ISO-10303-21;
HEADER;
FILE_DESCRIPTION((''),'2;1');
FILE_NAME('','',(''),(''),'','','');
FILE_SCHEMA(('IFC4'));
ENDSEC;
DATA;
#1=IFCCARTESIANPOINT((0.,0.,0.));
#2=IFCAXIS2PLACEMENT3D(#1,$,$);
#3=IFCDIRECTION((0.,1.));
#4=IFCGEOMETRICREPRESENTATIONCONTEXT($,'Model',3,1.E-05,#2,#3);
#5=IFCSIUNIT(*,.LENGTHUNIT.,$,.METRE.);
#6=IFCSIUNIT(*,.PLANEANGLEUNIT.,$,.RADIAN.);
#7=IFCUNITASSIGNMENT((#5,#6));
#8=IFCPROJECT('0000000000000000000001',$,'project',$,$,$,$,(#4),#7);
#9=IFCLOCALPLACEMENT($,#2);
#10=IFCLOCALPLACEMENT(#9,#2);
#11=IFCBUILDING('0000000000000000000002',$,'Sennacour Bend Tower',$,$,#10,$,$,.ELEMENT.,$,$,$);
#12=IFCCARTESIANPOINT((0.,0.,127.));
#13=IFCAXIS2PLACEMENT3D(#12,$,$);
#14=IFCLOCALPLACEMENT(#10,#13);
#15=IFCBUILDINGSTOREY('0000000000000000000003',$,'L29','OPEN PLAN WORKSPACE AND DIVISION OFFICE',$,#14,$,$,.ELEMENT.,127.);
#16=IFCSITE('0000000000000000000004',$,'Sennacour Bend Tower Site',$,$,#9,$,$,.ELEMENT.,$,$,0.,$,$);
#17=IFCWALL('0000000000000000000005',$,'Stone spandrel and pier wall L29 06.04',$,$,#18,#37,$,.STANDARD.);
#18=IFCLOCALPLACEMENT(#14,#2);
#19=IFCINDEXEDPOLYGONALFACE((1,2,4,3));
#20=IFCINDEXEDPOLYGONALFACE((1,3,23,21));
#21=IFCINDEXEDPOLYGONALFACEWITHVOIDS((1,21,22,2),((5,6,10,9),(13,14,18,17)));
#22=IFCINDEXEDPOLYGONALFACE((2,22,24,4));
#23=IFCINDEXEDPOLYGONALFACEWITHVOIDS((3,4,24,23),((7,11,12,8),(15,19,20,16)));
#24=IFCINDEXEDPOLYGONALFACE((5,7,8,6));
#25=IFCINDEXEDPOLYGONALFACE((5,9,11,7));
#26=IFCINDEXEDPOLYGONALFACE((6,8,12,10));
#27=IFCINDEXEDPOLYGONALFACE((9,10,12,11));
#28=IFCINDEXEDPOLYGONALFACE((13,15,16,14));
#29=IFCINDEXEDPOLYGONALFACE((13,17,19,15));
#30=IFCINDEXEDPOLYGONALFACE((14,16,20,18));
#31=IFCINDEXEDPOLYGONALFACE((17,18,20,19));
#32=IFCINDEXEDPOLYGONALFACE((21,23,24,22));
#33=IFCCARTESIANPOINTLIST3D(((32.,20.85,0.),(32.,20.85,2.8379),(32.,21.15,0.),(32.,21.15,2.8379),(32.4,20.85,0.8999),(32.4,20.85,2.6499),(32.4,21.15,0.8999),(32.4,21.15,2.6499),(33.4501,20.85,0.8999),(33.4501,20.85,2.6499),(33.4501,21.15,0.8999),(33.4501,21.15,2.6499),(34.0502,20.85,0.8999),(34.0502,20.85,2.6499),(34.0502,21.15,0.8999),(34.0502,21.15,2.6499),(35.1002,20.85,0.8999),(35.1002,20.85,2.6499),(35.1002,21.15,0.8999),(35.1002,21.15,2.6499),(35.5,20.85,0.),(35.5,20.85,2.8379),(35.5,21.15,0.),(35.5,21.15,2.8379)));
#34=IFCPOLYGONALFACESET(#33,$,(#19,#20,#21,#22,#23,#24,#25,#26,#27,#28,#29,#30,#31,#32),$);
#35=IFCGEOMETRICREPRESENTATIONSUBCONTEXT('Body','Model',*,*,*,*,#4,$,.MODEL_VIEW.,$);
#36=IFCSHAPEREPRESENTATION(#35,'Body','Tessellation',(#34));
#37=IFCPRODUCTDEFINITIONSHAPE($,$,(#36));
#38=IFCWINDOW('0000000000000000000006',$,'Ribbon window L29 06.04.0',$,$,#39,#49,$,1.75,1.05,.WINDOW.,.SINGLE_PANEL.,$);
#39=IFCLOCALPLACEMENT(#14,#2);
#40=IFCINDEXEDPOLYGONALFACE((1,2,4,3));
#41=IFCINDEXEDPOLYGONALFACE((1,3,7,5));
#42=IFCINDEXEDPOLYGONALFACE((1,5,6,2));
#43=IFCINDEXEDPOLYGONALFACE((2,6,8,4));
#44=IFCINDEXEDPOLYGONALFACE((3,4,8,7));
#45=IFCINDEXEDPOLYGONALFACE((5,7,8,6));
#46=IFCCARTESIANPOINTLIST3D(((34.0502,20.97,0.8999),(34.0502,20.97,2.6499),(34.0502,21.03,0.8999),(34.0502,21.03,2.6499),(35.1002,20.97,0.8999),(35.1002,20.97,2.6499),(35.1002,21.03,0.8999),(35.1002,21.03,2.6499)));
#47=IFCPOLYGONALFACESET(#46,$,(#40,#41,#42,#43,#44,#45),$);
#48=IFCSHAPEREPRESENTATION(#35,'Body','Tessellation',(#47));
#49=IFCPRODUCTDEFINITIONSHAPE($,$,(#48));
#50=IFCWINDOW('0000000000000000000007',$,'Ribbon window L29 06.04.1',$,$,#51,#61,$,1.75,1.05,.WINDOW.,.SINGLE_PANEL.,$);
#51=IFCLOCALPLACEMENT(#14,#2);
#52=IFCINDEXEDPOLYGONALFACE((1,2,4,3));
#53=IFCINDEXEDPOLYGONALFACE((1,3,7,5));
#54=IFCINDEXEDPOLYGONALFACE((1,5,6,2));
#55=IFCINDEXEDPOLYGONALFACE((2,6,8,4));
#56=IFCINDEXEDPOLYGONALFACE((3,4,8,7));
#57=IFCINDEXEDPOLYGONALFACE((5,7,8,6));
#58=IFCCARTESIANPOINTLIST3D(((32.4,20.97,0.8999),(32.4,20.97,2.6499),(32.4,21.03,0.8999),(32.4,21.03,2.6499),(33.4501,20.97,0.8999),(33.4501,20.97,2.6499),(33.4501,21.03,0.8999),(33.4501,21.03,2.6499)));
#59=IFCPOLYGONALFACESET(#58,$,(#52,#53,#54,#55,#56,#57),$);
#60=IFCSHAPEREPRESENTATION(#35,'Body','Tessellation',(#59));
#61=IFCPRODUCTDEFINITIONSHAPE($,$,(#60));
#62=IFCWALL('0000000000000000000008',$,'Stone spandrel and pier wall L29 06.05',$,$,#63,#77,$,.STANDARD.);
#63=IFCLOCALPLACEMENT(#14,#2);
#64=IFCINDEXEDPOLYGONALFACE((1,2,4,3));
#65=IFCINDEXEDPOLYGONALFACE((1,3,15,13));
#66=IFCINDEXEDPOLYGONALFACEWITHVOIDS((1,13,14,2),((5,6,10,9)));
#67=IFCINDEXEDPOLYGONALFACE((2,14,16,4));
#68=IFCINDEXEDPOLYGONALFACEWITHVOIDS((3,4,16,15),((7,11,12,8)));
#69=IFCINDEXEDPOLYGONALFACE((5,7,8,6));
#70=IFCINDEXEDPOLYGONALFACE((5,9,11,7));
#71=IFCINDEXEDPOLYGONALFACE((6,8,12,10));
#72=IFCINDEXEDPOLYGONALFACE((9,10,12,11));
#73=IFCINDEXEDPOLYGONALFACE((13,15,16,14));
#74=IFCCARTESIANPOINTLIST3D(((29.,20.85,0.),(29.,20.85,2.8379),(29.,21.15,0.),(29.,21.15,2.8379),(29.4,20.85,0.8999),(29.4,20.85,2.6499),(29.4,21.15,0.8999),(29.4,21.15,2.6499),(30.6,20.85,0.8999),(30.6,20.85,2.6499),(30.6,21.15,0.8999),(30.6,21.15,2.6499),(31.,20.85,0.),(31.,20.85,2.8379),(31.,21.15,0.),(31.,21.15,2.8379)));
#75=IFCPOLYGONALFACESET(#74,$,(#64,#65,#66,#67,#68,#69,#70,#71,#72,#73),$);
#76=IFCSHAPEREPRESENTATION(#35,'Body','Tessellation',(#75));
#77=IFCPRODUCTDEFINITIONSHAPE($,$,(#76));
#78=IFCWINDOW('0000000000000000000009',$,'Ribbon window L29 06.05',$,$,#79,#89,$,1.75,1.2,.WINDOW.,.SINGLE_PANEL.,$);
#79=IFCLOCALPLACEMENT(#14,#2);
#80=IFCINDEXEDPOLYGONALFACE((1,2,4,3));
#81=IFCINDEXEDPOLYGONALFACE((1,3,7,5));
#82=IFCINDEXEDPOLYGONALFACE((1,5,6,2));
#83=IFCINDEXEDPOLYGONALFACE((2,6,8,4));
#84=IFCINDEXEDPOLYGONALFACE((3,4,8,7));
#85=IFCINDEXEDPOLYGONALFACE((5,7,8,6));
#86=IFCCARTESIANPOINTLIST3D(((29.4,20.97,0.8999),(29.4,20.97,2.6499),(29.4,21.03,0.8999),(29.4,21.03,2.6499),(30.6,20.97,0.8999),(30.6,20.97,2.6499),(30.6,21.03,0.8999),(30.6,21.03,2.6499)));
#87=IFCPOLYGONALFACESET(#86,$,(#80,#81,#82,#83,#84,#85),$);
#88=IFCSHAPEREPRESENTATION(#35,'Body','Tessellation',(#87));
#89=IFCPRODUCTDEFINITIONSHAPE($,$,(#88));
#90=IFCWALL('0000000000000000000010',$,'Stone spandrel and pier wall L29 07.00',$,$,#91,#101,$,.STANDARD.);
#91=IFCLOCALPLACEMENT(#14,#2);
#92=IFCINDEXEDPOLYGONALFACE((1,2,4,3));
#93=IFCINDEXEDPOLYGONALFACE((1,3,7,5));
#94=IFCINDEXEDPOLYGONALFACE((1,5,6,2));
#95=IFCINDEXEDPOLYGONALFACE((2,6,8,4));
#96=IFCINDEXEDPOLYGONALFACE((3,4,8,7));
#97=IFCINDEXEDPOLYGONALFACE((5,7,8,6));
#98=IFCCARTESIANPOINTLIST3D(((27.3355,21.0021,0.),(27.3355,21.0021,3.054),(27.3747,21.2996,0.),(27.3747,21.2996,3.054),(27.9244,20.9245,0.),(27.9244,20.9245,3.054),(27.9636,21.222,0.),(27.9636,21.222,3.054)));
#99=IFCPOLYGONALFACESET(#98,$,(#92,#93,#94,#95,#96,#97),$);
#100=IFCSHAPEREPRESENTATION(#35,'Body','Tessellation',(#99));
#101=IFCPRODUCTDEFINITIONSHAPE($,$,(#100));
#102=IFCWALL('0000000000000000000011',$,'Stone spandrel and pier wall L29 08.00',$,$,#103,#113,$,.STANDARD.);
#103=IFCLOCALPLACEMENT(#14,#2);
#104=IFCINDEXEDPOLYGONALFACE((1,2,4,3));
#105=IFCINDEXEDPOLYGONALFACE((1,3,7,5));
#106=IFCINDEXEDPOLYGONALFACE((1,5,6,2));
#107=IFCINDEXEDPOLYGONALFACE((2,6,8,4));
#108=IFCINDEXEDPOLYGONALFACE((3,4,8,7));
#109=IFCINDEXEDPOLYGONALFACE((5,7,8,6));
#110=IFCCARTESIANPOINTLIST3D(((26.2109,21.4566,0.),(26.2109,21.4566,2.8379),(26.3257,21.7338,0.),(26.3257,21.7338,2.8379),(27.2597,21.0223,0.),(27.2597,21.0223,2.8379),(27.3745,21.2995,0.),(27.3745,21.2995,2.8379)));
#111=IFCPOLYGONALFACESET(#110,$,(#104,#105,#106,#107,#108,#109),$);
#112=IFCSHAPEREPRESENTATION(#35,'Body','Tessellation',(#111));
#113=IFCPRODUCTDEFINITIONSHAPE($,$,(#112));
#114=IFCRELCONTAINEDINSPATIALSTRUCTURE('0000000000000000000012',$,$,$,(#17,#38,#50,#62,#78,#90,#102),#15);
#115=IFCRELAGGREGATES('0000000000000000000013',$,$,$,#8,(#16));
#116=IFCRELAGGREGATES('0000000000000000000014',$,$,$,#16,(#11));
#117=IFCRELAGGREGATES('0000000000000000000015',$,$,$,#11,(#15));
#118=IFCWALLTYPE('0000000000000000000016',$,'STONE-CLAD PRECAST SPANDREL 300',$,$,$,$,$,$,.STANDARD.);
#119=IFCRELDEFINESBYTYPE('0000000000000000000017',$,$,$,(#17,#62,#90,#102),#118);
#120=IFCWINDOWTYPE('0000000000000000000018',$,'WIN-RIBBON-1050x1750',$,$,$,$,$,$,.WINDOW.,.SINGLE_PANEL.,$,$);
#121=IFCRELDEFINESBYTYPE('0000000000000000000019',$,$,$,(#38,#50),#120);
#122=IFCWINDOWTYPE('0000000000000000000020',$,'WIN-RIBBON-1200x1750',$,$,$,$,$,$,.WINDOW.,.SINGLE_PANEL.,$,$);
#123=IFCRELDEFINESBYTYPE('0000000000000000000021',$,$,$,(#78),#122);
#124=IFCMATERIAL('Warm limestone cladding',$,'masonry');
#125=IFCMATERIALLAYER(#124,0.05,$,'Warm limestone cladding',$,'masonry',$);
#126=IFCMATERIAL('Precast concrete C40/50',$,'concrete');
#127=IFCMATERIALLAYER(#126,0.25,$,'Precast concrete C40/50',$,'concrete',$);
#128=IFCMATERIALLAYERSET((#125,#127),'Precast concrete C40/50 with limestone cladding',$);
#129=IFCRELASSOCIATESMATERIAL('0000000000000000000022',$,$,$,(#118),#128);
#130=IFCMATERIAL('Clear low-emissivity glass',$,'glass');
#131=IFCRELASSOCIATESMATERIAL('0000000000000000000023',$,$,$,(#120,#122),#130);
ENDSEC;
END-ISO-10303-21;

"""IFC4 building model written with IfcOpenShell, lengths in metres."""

from ifc_helpers import new_model, si_unit, direction, frame, frame_2d, origin, place, context, subcontext, project, spatial, rectangle, extrude, material, layer, layer_set, type_object, element, fill, save


model = new_model("IFC4")

# Units and contexts
model_context = context("Model", 3, precision=1e-05, world=origin(), true_north=direction((0.0, 1.0)))
body_context = subcontext(model_context, "Body", "Model", "MODEL_VIEW")
ifc_project = project(units=[si_unit("LENGTHUNIT", "METRE"), si_unit("PLANEANGLEUNIT", "RADIAN")], contexts=[model_context])

# Site, building, storey
site_placement = place(None, origin())
site = spatial("IfcSite", under=ifc_project, at=site_placement, Name="Sennacour Bend Tower Site", CompositionType="ELEMENT", RefElevation=0.0)
building_placement = place(site_placement, origin())
building = spatial("IfcBuilding", under=site, at=building_placement, Name="Sennacour Bend Tower", CompositionType="ELEMENT")
storey_placement = place(building_placement, frame((0.0, 0.0, 127.0)))
storey = spatial("IfcBuildingStorey", under=building, at=storey_placement, Name="L29", Description="OPEN PLAN WORKSPACE AND DIVISION OFFICE", CompositionType="ELEMENT", Elevation=127.0)

# Wall, openings, windows
ifc_material_1 = material(Name="Warm limestone cladding", Category="masonry")
ifc_layer_1 = layer(ifc_material_1, 0.05, Name="Warm limestone cladding", Category="masonry")
ifc_material_2 = material(Name="Precast concrete C40/50", Category="concrete")
ifc_layer_2 = layer(ifc_material_2, 0.25, Name="Precast concrete C40/50", Category="concrete")
ifc_layer_set_1 = layer_set([ifc_layer_1, ifc_layer_2], Name="Precast concrete C40/50 with limestone cladding")
wall_type_1 = type_object("IfcWallType", Name="STONE-CLAD PRECAST SPANDREL 300", PredefinedType="STANDARD", material=ifc_layer_set_1)
ifc_material_3 = material(Name="Clear low-emissivity glass", Category="glass")
window_type_1 = type_object("IfcWindowType", Name="WIN-RIBBON-1050x1750", PartitioningType="SINGLE_PANEL", PredefinedType="WINDOW", material=ifc_material_3)
wall_1_placement = place(storey_placement, frame((35.5, 21.0, 0.0), z_axis=(0.0, 0.0, 1.0), x_axis=(-1.0, 0.0, 0.0)))
wall_1 = element("IfcWall", 1, at=wall_1_placement, inside=storey, type_object=wall_type_1, Name="Stone spandrel and pier wall L29 06.04", PredefinedType="STANDARD", context=body_context, shape_type="SweptSolid", body=[
    extrude(rectangle(XDim=3.5, YDim=0.3, at=frame_2d((1.75, 0.0))), origin(), (0.0, 0.0, 1.0), 2.8379),
])
opening_1_placement = place(wall_1_placement, frame((0.3999, 0.0, 0.8999)))
opening_1 = element("IfcOpeningElement", 2, at=opening_1_placement, cuts=wall_1, PredefinedType="OPENING", context=body_context, shape_type="SweptSolid", body=[
    extrude(rectangle(XDim=1.05, YDim=1.75, at=frame_2d((0.5249, 0.875))), frame((0.0, 0.1602, 0.0), z_axis=(0.0, -1.0, 0.0), x_axis=(1.0, 0.0, 0.0)), (0.0, 0.0, 1.0), 0.3201),
])
opening_2_placement = place(wall_1_placement, frame((2.05, 0.0, 0.8999)))
opening_2 = element("IfcOpeningElement", 3, at=opening_2_placement, cuts=wall_1, PredefinedType="OPENING", context=body_context, shape_type="SweptSolid", body=[
    extrude(rectangle(XDim=1.05, YDim=1.75, at=frame_2d((0.5249, 0.875))), frame((0.0, 0.1602, 0.0), z_axis=(0.0, -1.0, 0.0), x_axis=(1.0, 0.0, 0.0)), (0.0, 0.0, 1.0), 0.3201),
])
window_1_placement = place(opening_1_placement, origin())
window_1 = element("IfcWindow", 4, at=window_1_placement, inside=storey, type_object=window_type_1, Name="Ribbon window L29 06.04.0", OverallHeight=1.75, OverallWidth=1.05, PartitioningType="SINGLE_PANEL", PredefinedType="WINDOW", context=body_context, shape_type="SweptSolid", body=[
    extrude(rectangle(XDim=1.05, YDim=1.75, at=frame_2d((0.5249, 0.875))), frame((0.0, 0.03, 0.0), z_axis=(0.0, -1.0, 0.0), x_axis=(1.0, 0.0, 0.0)), (0.0, 0.0, 1.0), 0.0601),
])
fill(opening_1, window_1)
window_2_placement = place(opening_2_placement, origin())
window_2 = element("IfcWindow", 5, at=window_2_placement, inside=storey, type_object=window_type_1, Name="Ribbon window L29 06.04.1", OverallHeight=1.75, OverallWidth=1.05, PartitioningType="SINGLE_PANEL", PredefinedType="WINDOW", context=body_context, shape_type="SweptSolid", body=[
    extrude(rectangle(XDim=1.05, YDim=1.75, at=frame_2d((0.5249, 0.875))), frame((0.0, 0.03, 0.0), z_axis=(0.0, -1.0, 0.0), x_axis=(1.0, 0.0, 0.0)), (0.0, 0.0, 1.0), 0.0601),
])
fill(opening_2, window_2)

# Wall, opening, window
wall_2_placement = place(storey_placement, frame((31.0, 21.0, 0.0), z_axis=(0.0, 0.0, 1.0), x_axis=(-1.0, 0.0, 0.0)))
wall_2 = element("IfcWall", 6, at=wall_2_placement, inside=storey, type_object=wall_type_1, Name="Stone spandrel and pier wall L29 06.05", PredefinedType="STANDARD", context=body_context, shape_type="SweptSolid", body=[
    extrude(rectangle(XDim=2.0, YDim=0.3, at=frame_2d((1.0, 0.0))), origin(), (0.0, 0.0, 1.0), 2.8379),
])
opening_3_placement = place(wall_2_placement, frame((0.3999, 0.0, 0.8999)))
opening_3 = element("IfcOpeningElement", 7, at=opening_3_placement, cuts=wall_2, PredefinedType="OPENING", context=body_context, shape_type="SweptSolid", body=[
    extrude(rectangle(XDim=1.2, YDim=1.75, at=frame_2d((0.6001, 0.875))), frame((0.0, 0.1602, 0.0), z_axis=(0.0, -1.0, 0.0), x_axis=(1.0, 0.0, 0.0)), (0.0, 0.0, 1.0), 0.3201),
])
window_type_2 = type_object("IfcWindowType", Name="WIN-RIBBON-1200x1750", PartitioningType="SINGLE_PANEL", PredefinedType="WINDOW", material=ifc_material_3)
window_3_placement = place(opening_3_placement, origin())
window_3 = element("IfcWindow", 8, at=window_3_placement, inside=storey, type_object=window_type_2, Name="Ribbon window L29 06.05", OverallHeight=1.75, OverallWidth=1.2, PartitioningType="SINGLE_PANEL", PredefinedType="WINDOW", context=body_context, shape_type="SweptSolid", body=[
    extrude(rectangle(XDim=1.2, YDim=1.75, at=frame_2d((0.6001, 0.875))), frame((0.0, 0.03, 0.0), z_axis=(0.0, -1.0, 0.0), x_axis=(1.0, 0.0, 0.0)), (0.0, 0.0, 1.0), 0.0601),
])
fill(opening_3, window_3)

# Walls
wall_3_placement = place(storey_placement, frame((27.9438, 21.0732, 0.0), z_axis=(0.0, 0.0, 1.0), x_axis=(-0.991421, 0.13071, 0.0)))
element("IfcWall", 9, at=wall_3_placement, inside=storey, type_object=wall_type_1, Name="Stone spandrel and pier wall L29 07.00", PredefinedType="STANDARD", context=body_context, shape_type="SweptSolid", body=[
    extrude(rectangle(XDim=0.594, YDim=0.3, at=frame_2d((0.2969, 0.0))), origin(), (0.0, 0.0, 1.0), 3.054),
])
wall_4_placement = place(storey_placement, frame((27.3171, 21.1609, 0.0), z_axis=(0.0, 0.0, 1.0), x_axis=(-0.923915, 0.382599, 0.0)))
element("IfcWall", 10, at=wall_4_placement, inside=storey, type_object=wall_type_1, Name="Stone spandrel and pier wall L29 08.00", PredefinedType="STANDARD", context=body_context, shape_type="SweptSolid", body=[
    extrude(rectangle(XDim=1.1353, YDim=0.3, at=frame_2d((0.5676, 0.0))), origin(), (0.0, 0.0, 1.0), 2.8379),
])

save(model, "model.ifc")
